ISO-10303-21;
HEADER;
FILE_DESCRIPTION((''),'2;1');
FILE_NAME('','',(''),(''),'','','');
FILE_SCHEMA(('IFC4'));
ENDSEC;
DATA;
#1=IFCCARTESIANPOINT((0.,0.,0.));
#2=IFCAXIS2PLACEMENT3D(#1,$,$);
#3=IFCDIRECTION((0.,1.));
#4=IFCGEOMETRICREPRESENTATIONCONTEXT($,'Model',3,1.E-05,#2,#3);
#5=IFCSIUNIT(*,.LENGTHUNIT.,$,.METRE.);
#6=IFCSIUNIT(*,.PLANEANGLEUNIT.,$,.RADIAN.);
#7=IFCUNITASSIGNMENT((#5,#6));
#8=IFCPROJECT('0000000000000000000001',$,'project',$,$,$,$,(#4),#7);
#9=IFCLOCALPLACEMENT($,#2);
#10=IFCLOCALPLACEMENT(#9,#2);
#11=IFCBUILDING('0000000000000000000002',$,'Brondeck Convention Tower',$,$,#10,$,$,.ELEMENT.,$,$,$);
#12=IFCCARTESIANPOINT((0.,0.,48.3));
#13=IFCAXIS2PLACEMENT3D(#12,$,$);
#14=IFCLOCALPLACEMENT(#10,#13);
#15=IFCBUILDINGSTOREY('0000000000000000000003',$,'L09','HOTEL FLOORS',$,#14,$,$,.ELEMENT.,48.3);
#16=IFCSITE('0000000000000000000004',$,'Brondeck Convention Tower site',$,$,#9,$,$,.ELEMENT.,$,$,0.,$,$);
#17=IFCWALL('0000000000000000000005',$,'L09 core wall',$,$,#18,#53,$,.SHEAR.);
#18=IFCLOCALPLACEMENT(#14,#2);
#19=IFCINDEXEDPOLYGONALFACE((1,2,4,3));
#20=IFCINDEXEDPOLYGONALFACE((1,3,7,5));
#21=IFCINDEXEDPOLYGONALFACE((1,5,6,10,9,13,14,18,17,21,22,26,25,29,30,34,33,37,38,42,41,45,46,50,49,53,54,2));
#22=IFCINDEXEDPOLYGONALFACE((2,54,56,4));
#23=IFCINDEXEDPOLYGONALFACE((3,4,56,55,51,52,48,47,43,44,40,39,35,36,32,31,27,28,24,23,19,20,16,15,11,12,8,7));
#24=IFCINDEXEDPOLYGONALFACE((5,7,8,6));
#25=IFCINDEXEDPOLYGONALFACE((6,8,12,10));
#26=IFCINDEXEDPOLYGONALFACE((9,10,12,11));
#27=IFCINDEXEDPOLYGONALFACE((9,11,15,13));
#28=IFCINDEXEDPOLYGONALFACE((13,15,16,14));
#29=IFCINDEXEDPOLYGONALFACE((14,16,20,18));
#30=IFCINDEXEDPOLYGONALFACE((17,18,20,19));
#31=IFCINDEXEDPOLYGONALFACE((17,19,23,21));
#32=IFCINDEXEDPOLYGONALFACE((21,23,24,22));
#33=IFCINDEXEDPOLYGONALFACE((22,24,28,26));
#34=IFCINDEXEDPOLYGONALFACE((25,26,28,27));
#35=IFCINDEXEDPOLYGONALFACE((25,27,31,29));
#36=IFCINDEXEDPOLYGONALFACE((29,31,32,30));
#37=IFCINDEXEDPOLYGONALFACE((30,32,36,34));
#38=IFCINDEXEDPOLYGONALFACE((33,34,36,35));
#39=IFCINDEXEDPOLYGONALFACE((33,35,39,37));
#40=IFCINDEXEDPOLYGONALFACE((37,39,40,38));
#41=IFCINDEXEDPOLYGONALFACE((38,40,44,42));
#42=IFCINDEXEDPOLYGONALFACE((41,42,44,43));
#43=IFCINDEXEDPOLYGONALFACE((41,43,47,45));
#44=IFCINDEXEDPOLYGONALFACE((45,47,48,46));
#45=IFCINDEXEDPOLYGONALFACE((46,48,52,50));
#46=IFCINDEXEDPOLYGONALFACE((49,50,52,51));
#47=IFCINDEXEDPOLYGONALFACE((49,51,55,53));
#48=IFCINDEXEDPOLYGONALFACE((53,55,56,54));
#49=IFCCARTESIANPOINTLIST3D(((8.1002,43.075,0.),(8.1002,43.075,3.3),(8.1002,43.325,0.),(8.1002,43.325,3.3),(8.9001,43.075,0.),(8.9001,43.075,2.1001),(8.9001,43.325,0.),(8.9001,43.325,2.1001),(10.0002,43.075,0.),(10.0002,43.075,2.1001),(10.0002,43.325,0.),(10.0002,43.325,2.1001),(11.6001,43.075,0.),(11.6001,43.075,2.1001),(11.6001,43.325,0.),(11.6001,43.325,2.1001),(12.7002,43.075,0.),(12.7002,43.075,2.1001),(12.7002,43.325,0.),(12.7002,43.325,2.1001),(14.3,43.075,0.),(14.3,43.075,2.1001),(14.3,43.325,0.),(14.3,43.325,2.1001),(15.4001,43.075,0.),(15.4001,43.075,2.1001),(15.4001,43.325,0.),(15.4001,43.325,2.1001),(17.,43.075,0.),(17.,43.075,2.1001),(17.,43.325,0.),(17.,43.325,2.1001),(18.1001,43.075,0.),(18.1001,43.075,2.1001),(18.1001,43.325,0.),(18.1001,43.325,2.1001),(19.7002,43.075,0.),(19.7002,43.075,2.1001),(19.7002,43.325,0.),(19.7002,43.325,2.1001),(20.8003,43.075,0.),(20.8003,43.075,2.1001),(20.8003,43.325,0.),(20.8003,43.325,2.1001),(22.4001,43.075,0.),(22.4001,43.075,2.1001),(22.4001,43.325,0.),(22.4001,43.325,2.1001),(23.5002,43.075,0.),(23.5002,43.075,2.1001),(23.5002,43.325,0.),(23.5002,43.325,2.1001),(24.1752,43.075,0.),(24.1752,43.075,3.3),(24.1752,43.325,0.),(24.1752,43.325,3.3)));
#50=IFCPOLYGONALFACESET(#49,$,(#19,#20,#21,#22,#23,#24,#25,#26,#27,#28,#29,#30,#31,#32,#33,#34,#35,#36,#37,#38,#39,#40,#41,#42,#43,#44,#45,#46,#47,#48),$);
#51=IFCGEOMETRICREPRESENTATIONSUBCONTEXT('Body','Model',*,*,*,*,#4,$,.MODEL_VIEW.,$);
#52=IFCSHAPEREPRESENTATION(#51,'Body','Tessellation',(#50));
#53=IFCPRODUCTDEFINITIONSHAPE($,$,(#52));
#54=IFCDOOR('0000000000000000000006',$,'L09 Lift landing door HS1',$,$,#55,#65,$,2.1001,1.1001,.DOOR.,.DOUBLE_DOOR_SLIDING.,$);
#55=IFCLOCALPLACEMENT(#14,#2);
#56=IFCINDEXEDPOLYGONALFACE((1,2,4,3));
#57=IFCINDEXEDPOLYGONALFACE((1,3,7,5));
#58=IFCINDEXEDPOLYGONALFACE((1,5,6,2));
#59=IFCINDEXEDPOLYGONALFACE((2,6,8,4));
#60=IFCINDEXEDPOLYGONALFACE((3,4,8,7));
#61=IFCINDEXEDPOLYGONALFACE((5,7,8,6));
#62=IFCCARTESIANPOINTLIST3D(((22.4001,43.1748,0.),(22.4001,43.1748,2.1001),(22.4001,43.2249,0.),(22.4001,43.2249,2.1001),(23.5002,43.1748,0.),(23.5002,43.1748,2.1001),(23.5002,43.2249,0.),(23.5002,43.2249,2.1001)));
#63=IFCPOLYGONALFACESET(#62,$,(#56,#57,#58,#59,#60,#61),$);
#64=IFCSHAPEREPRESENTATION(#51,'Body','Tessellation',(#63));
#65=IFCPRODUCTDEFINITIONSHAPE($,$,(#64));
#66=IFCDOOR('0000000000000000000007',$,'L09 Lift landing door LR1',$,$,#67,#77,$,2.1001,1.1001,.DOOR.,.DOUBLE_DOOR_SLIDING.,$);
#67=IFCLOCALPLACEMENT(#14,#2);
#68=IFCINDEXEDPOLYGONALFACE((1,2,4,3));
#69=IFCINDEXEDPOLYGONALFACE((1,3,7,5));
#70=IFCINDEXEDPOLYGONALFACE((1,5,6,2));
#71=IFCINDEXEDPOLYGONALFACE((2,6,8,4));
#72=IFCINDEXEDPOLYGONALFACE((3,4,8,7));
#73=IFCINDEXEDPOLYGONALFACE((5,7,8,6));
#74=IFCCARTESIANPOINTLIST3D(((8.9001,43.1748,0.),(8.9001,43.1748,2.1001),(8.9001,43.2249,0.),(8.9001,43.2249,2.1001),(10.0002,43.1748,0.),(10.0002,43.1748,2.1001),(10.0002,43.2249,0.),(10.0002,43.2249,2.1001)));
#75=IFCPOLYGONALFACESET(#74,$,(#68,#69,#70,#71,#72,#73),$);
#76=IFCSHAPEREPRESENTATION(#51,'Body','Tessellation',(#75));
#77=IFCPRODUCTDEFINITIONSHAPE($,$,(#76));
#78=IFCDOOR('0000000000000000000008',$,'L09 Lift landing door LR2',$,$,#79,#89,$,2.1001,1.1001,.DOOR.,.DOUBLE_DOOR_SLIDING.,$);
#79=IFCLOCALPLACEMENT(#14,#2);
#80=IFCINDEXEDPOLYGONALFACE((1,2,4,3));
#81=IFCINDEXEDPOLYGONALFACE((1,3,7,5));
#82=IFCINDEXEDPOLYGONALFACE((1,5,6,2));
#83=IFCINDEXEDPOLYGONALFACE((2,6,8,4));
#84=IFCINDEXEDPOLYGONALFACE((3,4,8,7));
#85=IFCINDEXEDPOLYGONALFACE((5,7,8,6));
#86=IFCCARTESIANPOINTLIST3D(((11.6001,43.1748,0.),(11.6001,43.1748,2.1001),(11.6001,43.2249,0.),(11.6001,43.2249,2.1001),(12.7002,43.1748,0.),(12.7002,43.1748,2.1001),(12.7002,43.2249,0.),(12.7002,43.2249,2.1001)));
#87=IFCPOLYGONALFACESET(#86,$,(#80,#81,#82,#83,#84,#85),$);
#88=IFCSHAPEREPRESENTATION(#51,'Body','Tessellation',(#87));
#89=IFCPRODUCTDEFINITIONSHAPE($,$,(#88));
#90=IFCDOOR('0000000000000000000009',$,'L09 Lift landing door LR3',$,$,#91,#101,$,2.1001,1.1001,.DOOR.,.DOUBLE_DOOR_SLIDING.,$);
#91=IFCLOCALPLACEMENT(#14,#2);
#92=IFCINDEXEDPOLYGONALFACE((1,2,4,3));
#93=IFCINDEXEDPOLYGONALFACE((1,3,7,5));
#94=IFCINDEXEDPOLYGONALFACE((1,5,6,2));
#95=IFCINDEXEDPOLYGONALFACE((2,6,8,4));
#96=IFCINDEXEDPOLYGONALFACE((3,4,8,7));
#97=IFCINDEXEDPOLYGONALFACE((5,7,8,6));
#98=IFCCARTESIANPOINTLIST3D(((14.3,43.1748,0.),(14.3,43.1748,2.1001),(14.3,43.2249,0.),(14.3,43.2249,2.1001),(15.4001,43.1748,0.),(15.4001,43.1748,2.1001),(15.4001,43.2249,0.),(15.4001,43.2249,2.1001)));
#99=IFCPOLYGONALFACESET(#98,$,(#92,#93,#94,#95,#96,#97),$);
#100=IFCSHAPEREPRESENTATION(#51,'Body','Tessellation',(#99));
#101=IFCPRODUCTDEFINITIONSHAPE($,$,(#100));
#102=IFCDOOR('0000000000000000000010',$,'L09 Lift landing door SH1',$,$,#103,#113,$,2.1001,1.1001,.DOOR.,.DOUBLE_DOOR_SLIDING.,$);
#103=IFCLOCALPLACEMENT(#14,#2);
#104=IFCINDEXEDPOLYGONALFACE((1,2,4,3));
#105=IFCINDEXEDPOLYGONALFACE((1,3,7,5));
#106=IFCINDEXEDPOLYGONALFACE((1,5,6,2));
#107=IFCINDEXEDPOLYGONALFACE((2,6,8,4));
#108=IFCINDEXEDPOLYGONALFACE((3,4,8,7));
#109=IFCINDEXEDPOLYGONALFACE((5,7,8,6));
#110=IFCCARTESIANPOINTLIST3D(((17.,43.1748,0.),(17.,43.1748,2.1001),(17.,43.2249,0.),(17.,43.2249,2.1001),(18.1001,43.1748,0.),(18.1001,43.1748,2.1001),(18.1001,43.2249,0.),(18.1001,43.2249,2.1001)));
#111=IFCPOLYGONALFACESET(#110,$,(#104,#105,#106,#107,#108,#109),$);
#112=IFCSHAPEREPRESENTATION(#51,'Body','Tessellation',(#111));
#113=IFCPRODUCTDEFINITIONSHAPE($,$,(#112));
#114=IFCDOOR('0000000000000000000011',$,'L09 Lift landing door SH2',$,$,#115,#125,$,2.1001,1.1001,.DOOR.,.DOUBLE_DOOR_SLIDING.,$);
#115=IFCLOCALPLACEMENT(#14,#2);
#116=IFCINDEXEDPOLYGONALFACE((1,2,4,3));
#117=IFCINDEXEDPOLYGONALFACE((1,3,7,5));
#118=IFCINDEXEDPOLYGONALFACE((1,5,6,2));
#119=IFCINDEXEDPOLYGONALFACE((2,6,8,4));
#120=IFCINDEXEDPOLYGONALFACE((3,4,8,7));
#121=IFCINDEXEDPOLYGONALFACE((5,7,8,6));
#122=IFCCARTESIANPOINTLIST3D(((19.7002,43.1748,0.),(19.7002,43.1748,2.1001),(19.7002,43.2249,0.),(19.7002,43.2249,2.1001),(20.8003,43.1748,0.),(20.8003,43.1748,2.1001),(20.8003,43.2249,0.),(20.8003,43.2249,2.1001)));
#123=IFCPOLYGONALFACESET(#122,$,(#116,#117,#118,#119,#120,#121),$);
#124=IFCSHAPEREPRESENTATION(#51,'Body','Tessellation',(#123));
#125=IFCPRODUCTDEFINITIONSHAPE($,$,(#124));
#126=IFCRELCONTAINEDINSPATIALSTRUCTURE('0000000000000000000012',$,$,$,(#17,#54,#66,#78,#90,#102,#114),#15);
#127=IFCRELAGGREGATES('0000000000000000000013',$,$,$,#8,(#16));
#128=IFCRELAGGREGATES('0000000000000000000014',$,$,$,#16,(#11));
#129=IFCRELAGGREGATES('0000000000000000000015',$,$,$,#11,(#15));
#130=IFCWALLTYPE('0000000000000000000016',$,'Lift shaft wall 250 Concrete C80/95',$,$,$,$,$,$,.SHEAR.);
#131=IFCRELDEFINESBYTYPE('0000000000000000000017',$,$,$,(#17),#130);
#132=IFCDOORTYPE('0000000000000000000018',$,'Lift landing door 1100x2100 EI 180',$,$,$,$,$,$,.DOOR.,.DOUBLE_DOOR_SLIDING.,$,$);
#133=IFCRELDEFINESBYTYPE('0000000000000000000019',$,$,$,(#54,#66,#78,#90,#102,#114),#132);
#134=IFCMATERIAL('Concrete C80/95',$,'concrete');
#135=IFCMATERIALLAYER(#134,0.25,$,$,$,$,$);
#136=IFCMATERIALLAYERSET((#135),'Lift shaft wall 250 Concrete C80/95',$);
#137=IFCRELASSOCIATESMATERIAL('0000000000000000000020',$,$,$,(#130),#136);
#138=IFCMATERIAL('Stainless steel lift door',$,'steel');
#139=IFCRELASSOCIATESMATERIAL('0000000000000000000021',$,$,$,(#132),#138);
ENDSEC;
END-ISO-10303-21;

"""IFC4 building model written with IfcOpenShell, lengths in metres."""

from ifc_helpers import new_model, si_unit, direction, frame, frame_2d, origin, place, context, subcontext, project, spatial, rectangle, extrude, material, layer, layer_set, type_object, element, fill, save


model = new_model("IFC4")

# Units and contexts
model_context = context("Model", 3, precision=1e-05, world=origin(), true_north=direction((0.0, 1.0)))
body_context = subcontext(model_context, "Body", "Model", "MODEL_VIEW")
ifc_project = project(units=[si_unit("LENGTHUNIT", "METRE"), si_unit("PLANEANGLEUNIT", "RADIAN")], contexts=[model_context])

# Site, building, storey
site_placement = place(None, origin())
site = spatial("IfcSite", under=ifc_project, at=site_placement, Name="Brondeck Convention Tower site", CompositionType="ELEMENT", RefElevation=0.0)
building_placement = place(site_placement, origin())
building = spatial("IfcBuilding", under=site, at=building_placement, Name="Brondeck Convention Tower", CompositionType="ELEMENT")
storey_placement = place(building_placement, frame((0.0, 0.0, 48.3)))
storey = spatial("IfcBuildingStorey", under=building, at=storey_placement, Name="L09", Description="HOTEL FLOORS", CompositionType="ELEMENT", Elevation=48.3)

# Shared definitions
ifc_material_1 = material(Name="Concrete C80/95", Category="concrete")

# Wall, openings, doors
ifc_layer_1 = layer(ifc_material_1, 0.25)
ifc_layer_set_1 = layer_set([ifc_layer_1], Name="Lift shaft wall 250 Concrete C80/95")
wall_type_1 = type_object("IfcWallType", Name="Lift shaft wall 250 Concrete C80/95", PredefinedType="SHEAR", material=ifc_layer_set_1)
wall_1_placement = place(storey_placement, frame((8.1001, 43.2, 0.0), z_axis=(0.0, 0.0, 1.0), x_axis=(1.0, 0.0, 0.0)))
wall_1 = element("IfcWall", 1, at=wall_1_placement, inside=storey, type_object=wall_type_1, Name="L09 core wall", PredefinedType="SHEAR", context=body_context, shape_type="SweptSolid", body=[
    extrude(rectangle(XDim=16.075, YDim=0.25, at=frame_2d((8.0376, 0.0))), origin(), (0.0, 0.0, 1.0), 3.3),
])
opening_1_placement = place(wall_1_placement, frame((14.3, 0.0, 0.0)))
opening_1 = element("IfcOpeningElement", 2, at=opening_1_placement, cuts=wall_1, PredefinedType="OPENING", context=body_context, shape_type="SweptSolid", body=[
    extrude(rectangle(XDim=1.1001, YDim=2.1001, at=frame_2d((0.55, 1.05))), frame((0.0, 0.135, 0.0), z_axis=(0.0, -1.0, 0.0), x_axis=(1.0, 0.0, 0.0)), (0.0, 0.0, 1.0), 0.27),
])
opening_2_placement = place(wall_1_placement, frame((0.8, 0.0, 0.0)))
opening_2 = element("IfcOpeningElement", 3, at=opening_2_placement, cuts=wall_1, PredefinedType="OPENING", context=body_context, shape_type="SweptSolid", body=[
    extrude(rectangle(XDim=1.1001, YDim=2.1001, at=frame_2d((0.55, 1.05))), frame((0.0, 0.135, 0.0), z_axis=(0.0, -1.0, 0.0), x_axis=(1.0, 0.0, 0.0)), (0.0, 0.0, 1.0), 0.27),
])
opening_3_placement = place(wall_1_placement, frame((3.5, 0.0, 0.0)))
opening_3 = element("IfcOpeningElement", 4, at=opening_3_placement, cuts=wall_1, PredefinedType="OPENING", context=body_context, shape_type="SweptSolid", body=[
    extrude(rectangle(XDim=1.1001, YDim=2.1001, at=frame_2d((0.55, 1.05))), frame((0.0, 0.135, 0.0), z_axis=(0.0, -1.0, 0.0), x_axis=(1.0, 0.0, 0.0)), (0.0, 0.0, 1.0), 0.27),
])
opening_4_placement = place(wall_1_placement, frame((6.2, 0.0, 0.0)))
opening_4 = element("IfcOpeningElement", 5, at=opening_4_placement, cuts=wall_1, PredefinedType="OPENING", context=body_context, shape_type="SweptSolid", body=[
    extrude(rectangle(XDim=1.1001, YDim=2.1001, at=frame_2d((0.55, 1.05))), frame((0.0, 0.135, 0.0), z_axis=(0.0, -1.0, 0.0), x_axis=(1.0, 0.0, 0.0)), (0.0, 0.0, 1.0), 0.27),
])
opening_5_placement = place(wall_1_placement, frame((8.8999, 0.0, 0.0)))
opening_5 = element("IfcOpeningElement", 6, at=opening_5_placement, cuts=wall_1, PredefinedType="OPENING", context=body_context, shape_type="SweptSolid", body=[
    extrude(rectangle(XDim=1.1001, YDim=2.1001, at=frame_2d((0.55, 1.05))), frame((0.0, 0.135, 0.0), z_axis=(0.0, -1.0, 0.0), x_axis=(1.0, 0.0, 0.0)), (0.0, 0.0, 1.0), 0.27),
])
opening_6_placement = place(wall_1_placement, frame((11.6001, 0.0, 0.0)))
opening_6 = element("IfcOpeningElement", 7, at=opening_6_placement, cuts=wall_1, PredefinedType="OPENING", context=body_context, shape_type="SweptSolid", body=[
    extrude(rectangle(XDim=1.1001, YDim=2.1001, at=frame_2d((0.55, 1.05))), frame((0.0, 0.135, 0.0), z_axis=(0.0, -1.0, 0.0), x_axis=(1.0, 0.0, 0.0)), (0.0, 0.0, 1.0), 0.27),
])
ifc_material_2 = material(Name="Stainless steel lift door", Category="steel")
door_type_1 = type_object("IfcDoorType", Name="Lift landing door 1100x2100 EI 180", OperationType="DOUBLE_DOOR_SLIDING", PredefinedType="DOOR", material=ifc_material_2)
door_1_placement = place(opening_1_placement, origin())
door_1 = element("IfcDoor", 8, at=door_1_placement, inside=storey, type_object=door_type_1, Name="L09 Lift landing door HS1", OperationType="DOUBLE_DOOR_SLIDING", OverallHeight=2.1001, OverallWidth=1.1001, PredefinedType="DOOR", context=body_context, shape_type="SweptSolid", body=[
    extrude(rectangle(XDim=1.1001, YDim=2.1001, at=frame_2d((0.55, 1.05))), frame((0.0, 0.0249, 0.0), z_axis=(0.0, -1.0, 0.0), x_axis=(1.0, 0.0, 0.0)), (0.0, 0.0, 1.0), 0.05),
])
fill(opening_1, door_1)
door_2_placement = place(opening_2_placement, origin())
door_2 = element("IfcDoor", 9, at=door_2_placement, inside=storey, type_object=door_type_1, Name="L09 Lift landing door LR1", OperationType="DOUBLE_DOOR_SLIDING", OverallHeight=2.1001, OverallWidth=1.1001, PredefinedType="DOOR", context=body_context, shape_type="SweptSolid", body=[
    extrude(rectangle(XDim=1.1001, YDim=2.1001, at=frame_2d((0.55, 1.05))), frame((0.0, 0.0249, 0.0), z_axis=(0.0, -1.0, 0.0), x_axis=(1.0, 0.0, 0.0)), (0.0, 0.0, 1.0), 0.05),
])
fill(opening_2, door_2)
door_3_placement = place(opening_3_placement, origin())
door_3 = element("IfcDoor", 10, at=door_3_placement, inside=storey, type_object=door_type_1, Name="L09 Lift landing door LR2", OperationType="DOUBLE_DOOR_SLIDING", OverallHeight=2.1001, OverallWidth=1.1001, PredefinedType="DOOR", context=body_context, shape_type="SweptSolid", body=[
    extrude(rectangle(XDim=1.1001, YDim=2.1001, at=frame_2d((0.55, 1.05))), frame((0.0, 0.0249, 0.0), z_axis=(0.0, -1.0, 0.0), x_axis=(1.0, 0.0, 0.0)), (0.0, 0.0, 1.0), 0.05),
])
fill(opening_3, door_3)
door_4_placement = place(opening_4_placement, origin())
door_4 = element("IfcDoor", 11, at=door_4_placement, inside=storey, type_object=door_type_1, Name="L09 Lift landing door LR3", OperationType="DOUBLE_DOOR_SLIDING", OverallHeight=2.1001, OverallWidth=1.1001, PredefinedType="DOOR", context=body_context, shape_type="SweptSolid", body=[
    extrude(rectangle(XDim=1.1001, YDim=2.1001, at=frame_2d((0.55, 1.05))), frame((0.0, 0.0249, 0.0), z_axis=(0.0, -1.0, 0.0), x_axis=(1.0, 0.0, 0.0)), (0.0, 0.0, 1.0), 0.05),
])
fill(opening_4, door_4)
door_5_placement = place(opening_5_placement, origin())
door_5 = element("IfcDoor", 12, at=door_5_placement, inside=storey, type_object=door_type_1, Name="L09 Lift landing door SH1", OperationType="DOUBLE_DOOR_SLIDING", OverallHeight=2.1001, OverallWidth=1.1001, PredefinedType="DOOR", context=body_context, shape_type="SweptSolid", body=[
    extrude(rectangle(XDim=1.1001, YDim=2.1001, at=frame_2d((0.55, 1.05))), frame((0.0, 0.0249, 0.0), z_axis=(0.0, -1.0, 0.0), x_axis=(1.0, 0.0, 0.0)), (0.0, 0.0, 1.0), 0.05),
])
fill(opening_5, door_5)
door_6_placement = place(opening_6_placement, origin())
door_6 = element("IfcDoor", 13, at=door_6_placement, inside=storey, type_object=door_type_1, Name="L09 Lift landing door SH2", OperationType="DOUBLE_DOOR_SLIDING", OverallHeight=2.1001, OverallWidth=1.1001, PredefinedType="DOOR", context=body_context, shape_type="SweptSolid", body=[
    extrude(rectangle(XDim=1.1001, YDim=2.1001, at=frame_2d((0.55, 1.05))), frame((0.0, 0.0249, 0.0), z_axis=(0.0, -1.0, 0.0), x_axis=(1.0, 0.0, 0.0)), (0.0, 0.0, 1.0), 0.05),
])
fill(opening_6, door_6)

save(model, "model.ifc")
